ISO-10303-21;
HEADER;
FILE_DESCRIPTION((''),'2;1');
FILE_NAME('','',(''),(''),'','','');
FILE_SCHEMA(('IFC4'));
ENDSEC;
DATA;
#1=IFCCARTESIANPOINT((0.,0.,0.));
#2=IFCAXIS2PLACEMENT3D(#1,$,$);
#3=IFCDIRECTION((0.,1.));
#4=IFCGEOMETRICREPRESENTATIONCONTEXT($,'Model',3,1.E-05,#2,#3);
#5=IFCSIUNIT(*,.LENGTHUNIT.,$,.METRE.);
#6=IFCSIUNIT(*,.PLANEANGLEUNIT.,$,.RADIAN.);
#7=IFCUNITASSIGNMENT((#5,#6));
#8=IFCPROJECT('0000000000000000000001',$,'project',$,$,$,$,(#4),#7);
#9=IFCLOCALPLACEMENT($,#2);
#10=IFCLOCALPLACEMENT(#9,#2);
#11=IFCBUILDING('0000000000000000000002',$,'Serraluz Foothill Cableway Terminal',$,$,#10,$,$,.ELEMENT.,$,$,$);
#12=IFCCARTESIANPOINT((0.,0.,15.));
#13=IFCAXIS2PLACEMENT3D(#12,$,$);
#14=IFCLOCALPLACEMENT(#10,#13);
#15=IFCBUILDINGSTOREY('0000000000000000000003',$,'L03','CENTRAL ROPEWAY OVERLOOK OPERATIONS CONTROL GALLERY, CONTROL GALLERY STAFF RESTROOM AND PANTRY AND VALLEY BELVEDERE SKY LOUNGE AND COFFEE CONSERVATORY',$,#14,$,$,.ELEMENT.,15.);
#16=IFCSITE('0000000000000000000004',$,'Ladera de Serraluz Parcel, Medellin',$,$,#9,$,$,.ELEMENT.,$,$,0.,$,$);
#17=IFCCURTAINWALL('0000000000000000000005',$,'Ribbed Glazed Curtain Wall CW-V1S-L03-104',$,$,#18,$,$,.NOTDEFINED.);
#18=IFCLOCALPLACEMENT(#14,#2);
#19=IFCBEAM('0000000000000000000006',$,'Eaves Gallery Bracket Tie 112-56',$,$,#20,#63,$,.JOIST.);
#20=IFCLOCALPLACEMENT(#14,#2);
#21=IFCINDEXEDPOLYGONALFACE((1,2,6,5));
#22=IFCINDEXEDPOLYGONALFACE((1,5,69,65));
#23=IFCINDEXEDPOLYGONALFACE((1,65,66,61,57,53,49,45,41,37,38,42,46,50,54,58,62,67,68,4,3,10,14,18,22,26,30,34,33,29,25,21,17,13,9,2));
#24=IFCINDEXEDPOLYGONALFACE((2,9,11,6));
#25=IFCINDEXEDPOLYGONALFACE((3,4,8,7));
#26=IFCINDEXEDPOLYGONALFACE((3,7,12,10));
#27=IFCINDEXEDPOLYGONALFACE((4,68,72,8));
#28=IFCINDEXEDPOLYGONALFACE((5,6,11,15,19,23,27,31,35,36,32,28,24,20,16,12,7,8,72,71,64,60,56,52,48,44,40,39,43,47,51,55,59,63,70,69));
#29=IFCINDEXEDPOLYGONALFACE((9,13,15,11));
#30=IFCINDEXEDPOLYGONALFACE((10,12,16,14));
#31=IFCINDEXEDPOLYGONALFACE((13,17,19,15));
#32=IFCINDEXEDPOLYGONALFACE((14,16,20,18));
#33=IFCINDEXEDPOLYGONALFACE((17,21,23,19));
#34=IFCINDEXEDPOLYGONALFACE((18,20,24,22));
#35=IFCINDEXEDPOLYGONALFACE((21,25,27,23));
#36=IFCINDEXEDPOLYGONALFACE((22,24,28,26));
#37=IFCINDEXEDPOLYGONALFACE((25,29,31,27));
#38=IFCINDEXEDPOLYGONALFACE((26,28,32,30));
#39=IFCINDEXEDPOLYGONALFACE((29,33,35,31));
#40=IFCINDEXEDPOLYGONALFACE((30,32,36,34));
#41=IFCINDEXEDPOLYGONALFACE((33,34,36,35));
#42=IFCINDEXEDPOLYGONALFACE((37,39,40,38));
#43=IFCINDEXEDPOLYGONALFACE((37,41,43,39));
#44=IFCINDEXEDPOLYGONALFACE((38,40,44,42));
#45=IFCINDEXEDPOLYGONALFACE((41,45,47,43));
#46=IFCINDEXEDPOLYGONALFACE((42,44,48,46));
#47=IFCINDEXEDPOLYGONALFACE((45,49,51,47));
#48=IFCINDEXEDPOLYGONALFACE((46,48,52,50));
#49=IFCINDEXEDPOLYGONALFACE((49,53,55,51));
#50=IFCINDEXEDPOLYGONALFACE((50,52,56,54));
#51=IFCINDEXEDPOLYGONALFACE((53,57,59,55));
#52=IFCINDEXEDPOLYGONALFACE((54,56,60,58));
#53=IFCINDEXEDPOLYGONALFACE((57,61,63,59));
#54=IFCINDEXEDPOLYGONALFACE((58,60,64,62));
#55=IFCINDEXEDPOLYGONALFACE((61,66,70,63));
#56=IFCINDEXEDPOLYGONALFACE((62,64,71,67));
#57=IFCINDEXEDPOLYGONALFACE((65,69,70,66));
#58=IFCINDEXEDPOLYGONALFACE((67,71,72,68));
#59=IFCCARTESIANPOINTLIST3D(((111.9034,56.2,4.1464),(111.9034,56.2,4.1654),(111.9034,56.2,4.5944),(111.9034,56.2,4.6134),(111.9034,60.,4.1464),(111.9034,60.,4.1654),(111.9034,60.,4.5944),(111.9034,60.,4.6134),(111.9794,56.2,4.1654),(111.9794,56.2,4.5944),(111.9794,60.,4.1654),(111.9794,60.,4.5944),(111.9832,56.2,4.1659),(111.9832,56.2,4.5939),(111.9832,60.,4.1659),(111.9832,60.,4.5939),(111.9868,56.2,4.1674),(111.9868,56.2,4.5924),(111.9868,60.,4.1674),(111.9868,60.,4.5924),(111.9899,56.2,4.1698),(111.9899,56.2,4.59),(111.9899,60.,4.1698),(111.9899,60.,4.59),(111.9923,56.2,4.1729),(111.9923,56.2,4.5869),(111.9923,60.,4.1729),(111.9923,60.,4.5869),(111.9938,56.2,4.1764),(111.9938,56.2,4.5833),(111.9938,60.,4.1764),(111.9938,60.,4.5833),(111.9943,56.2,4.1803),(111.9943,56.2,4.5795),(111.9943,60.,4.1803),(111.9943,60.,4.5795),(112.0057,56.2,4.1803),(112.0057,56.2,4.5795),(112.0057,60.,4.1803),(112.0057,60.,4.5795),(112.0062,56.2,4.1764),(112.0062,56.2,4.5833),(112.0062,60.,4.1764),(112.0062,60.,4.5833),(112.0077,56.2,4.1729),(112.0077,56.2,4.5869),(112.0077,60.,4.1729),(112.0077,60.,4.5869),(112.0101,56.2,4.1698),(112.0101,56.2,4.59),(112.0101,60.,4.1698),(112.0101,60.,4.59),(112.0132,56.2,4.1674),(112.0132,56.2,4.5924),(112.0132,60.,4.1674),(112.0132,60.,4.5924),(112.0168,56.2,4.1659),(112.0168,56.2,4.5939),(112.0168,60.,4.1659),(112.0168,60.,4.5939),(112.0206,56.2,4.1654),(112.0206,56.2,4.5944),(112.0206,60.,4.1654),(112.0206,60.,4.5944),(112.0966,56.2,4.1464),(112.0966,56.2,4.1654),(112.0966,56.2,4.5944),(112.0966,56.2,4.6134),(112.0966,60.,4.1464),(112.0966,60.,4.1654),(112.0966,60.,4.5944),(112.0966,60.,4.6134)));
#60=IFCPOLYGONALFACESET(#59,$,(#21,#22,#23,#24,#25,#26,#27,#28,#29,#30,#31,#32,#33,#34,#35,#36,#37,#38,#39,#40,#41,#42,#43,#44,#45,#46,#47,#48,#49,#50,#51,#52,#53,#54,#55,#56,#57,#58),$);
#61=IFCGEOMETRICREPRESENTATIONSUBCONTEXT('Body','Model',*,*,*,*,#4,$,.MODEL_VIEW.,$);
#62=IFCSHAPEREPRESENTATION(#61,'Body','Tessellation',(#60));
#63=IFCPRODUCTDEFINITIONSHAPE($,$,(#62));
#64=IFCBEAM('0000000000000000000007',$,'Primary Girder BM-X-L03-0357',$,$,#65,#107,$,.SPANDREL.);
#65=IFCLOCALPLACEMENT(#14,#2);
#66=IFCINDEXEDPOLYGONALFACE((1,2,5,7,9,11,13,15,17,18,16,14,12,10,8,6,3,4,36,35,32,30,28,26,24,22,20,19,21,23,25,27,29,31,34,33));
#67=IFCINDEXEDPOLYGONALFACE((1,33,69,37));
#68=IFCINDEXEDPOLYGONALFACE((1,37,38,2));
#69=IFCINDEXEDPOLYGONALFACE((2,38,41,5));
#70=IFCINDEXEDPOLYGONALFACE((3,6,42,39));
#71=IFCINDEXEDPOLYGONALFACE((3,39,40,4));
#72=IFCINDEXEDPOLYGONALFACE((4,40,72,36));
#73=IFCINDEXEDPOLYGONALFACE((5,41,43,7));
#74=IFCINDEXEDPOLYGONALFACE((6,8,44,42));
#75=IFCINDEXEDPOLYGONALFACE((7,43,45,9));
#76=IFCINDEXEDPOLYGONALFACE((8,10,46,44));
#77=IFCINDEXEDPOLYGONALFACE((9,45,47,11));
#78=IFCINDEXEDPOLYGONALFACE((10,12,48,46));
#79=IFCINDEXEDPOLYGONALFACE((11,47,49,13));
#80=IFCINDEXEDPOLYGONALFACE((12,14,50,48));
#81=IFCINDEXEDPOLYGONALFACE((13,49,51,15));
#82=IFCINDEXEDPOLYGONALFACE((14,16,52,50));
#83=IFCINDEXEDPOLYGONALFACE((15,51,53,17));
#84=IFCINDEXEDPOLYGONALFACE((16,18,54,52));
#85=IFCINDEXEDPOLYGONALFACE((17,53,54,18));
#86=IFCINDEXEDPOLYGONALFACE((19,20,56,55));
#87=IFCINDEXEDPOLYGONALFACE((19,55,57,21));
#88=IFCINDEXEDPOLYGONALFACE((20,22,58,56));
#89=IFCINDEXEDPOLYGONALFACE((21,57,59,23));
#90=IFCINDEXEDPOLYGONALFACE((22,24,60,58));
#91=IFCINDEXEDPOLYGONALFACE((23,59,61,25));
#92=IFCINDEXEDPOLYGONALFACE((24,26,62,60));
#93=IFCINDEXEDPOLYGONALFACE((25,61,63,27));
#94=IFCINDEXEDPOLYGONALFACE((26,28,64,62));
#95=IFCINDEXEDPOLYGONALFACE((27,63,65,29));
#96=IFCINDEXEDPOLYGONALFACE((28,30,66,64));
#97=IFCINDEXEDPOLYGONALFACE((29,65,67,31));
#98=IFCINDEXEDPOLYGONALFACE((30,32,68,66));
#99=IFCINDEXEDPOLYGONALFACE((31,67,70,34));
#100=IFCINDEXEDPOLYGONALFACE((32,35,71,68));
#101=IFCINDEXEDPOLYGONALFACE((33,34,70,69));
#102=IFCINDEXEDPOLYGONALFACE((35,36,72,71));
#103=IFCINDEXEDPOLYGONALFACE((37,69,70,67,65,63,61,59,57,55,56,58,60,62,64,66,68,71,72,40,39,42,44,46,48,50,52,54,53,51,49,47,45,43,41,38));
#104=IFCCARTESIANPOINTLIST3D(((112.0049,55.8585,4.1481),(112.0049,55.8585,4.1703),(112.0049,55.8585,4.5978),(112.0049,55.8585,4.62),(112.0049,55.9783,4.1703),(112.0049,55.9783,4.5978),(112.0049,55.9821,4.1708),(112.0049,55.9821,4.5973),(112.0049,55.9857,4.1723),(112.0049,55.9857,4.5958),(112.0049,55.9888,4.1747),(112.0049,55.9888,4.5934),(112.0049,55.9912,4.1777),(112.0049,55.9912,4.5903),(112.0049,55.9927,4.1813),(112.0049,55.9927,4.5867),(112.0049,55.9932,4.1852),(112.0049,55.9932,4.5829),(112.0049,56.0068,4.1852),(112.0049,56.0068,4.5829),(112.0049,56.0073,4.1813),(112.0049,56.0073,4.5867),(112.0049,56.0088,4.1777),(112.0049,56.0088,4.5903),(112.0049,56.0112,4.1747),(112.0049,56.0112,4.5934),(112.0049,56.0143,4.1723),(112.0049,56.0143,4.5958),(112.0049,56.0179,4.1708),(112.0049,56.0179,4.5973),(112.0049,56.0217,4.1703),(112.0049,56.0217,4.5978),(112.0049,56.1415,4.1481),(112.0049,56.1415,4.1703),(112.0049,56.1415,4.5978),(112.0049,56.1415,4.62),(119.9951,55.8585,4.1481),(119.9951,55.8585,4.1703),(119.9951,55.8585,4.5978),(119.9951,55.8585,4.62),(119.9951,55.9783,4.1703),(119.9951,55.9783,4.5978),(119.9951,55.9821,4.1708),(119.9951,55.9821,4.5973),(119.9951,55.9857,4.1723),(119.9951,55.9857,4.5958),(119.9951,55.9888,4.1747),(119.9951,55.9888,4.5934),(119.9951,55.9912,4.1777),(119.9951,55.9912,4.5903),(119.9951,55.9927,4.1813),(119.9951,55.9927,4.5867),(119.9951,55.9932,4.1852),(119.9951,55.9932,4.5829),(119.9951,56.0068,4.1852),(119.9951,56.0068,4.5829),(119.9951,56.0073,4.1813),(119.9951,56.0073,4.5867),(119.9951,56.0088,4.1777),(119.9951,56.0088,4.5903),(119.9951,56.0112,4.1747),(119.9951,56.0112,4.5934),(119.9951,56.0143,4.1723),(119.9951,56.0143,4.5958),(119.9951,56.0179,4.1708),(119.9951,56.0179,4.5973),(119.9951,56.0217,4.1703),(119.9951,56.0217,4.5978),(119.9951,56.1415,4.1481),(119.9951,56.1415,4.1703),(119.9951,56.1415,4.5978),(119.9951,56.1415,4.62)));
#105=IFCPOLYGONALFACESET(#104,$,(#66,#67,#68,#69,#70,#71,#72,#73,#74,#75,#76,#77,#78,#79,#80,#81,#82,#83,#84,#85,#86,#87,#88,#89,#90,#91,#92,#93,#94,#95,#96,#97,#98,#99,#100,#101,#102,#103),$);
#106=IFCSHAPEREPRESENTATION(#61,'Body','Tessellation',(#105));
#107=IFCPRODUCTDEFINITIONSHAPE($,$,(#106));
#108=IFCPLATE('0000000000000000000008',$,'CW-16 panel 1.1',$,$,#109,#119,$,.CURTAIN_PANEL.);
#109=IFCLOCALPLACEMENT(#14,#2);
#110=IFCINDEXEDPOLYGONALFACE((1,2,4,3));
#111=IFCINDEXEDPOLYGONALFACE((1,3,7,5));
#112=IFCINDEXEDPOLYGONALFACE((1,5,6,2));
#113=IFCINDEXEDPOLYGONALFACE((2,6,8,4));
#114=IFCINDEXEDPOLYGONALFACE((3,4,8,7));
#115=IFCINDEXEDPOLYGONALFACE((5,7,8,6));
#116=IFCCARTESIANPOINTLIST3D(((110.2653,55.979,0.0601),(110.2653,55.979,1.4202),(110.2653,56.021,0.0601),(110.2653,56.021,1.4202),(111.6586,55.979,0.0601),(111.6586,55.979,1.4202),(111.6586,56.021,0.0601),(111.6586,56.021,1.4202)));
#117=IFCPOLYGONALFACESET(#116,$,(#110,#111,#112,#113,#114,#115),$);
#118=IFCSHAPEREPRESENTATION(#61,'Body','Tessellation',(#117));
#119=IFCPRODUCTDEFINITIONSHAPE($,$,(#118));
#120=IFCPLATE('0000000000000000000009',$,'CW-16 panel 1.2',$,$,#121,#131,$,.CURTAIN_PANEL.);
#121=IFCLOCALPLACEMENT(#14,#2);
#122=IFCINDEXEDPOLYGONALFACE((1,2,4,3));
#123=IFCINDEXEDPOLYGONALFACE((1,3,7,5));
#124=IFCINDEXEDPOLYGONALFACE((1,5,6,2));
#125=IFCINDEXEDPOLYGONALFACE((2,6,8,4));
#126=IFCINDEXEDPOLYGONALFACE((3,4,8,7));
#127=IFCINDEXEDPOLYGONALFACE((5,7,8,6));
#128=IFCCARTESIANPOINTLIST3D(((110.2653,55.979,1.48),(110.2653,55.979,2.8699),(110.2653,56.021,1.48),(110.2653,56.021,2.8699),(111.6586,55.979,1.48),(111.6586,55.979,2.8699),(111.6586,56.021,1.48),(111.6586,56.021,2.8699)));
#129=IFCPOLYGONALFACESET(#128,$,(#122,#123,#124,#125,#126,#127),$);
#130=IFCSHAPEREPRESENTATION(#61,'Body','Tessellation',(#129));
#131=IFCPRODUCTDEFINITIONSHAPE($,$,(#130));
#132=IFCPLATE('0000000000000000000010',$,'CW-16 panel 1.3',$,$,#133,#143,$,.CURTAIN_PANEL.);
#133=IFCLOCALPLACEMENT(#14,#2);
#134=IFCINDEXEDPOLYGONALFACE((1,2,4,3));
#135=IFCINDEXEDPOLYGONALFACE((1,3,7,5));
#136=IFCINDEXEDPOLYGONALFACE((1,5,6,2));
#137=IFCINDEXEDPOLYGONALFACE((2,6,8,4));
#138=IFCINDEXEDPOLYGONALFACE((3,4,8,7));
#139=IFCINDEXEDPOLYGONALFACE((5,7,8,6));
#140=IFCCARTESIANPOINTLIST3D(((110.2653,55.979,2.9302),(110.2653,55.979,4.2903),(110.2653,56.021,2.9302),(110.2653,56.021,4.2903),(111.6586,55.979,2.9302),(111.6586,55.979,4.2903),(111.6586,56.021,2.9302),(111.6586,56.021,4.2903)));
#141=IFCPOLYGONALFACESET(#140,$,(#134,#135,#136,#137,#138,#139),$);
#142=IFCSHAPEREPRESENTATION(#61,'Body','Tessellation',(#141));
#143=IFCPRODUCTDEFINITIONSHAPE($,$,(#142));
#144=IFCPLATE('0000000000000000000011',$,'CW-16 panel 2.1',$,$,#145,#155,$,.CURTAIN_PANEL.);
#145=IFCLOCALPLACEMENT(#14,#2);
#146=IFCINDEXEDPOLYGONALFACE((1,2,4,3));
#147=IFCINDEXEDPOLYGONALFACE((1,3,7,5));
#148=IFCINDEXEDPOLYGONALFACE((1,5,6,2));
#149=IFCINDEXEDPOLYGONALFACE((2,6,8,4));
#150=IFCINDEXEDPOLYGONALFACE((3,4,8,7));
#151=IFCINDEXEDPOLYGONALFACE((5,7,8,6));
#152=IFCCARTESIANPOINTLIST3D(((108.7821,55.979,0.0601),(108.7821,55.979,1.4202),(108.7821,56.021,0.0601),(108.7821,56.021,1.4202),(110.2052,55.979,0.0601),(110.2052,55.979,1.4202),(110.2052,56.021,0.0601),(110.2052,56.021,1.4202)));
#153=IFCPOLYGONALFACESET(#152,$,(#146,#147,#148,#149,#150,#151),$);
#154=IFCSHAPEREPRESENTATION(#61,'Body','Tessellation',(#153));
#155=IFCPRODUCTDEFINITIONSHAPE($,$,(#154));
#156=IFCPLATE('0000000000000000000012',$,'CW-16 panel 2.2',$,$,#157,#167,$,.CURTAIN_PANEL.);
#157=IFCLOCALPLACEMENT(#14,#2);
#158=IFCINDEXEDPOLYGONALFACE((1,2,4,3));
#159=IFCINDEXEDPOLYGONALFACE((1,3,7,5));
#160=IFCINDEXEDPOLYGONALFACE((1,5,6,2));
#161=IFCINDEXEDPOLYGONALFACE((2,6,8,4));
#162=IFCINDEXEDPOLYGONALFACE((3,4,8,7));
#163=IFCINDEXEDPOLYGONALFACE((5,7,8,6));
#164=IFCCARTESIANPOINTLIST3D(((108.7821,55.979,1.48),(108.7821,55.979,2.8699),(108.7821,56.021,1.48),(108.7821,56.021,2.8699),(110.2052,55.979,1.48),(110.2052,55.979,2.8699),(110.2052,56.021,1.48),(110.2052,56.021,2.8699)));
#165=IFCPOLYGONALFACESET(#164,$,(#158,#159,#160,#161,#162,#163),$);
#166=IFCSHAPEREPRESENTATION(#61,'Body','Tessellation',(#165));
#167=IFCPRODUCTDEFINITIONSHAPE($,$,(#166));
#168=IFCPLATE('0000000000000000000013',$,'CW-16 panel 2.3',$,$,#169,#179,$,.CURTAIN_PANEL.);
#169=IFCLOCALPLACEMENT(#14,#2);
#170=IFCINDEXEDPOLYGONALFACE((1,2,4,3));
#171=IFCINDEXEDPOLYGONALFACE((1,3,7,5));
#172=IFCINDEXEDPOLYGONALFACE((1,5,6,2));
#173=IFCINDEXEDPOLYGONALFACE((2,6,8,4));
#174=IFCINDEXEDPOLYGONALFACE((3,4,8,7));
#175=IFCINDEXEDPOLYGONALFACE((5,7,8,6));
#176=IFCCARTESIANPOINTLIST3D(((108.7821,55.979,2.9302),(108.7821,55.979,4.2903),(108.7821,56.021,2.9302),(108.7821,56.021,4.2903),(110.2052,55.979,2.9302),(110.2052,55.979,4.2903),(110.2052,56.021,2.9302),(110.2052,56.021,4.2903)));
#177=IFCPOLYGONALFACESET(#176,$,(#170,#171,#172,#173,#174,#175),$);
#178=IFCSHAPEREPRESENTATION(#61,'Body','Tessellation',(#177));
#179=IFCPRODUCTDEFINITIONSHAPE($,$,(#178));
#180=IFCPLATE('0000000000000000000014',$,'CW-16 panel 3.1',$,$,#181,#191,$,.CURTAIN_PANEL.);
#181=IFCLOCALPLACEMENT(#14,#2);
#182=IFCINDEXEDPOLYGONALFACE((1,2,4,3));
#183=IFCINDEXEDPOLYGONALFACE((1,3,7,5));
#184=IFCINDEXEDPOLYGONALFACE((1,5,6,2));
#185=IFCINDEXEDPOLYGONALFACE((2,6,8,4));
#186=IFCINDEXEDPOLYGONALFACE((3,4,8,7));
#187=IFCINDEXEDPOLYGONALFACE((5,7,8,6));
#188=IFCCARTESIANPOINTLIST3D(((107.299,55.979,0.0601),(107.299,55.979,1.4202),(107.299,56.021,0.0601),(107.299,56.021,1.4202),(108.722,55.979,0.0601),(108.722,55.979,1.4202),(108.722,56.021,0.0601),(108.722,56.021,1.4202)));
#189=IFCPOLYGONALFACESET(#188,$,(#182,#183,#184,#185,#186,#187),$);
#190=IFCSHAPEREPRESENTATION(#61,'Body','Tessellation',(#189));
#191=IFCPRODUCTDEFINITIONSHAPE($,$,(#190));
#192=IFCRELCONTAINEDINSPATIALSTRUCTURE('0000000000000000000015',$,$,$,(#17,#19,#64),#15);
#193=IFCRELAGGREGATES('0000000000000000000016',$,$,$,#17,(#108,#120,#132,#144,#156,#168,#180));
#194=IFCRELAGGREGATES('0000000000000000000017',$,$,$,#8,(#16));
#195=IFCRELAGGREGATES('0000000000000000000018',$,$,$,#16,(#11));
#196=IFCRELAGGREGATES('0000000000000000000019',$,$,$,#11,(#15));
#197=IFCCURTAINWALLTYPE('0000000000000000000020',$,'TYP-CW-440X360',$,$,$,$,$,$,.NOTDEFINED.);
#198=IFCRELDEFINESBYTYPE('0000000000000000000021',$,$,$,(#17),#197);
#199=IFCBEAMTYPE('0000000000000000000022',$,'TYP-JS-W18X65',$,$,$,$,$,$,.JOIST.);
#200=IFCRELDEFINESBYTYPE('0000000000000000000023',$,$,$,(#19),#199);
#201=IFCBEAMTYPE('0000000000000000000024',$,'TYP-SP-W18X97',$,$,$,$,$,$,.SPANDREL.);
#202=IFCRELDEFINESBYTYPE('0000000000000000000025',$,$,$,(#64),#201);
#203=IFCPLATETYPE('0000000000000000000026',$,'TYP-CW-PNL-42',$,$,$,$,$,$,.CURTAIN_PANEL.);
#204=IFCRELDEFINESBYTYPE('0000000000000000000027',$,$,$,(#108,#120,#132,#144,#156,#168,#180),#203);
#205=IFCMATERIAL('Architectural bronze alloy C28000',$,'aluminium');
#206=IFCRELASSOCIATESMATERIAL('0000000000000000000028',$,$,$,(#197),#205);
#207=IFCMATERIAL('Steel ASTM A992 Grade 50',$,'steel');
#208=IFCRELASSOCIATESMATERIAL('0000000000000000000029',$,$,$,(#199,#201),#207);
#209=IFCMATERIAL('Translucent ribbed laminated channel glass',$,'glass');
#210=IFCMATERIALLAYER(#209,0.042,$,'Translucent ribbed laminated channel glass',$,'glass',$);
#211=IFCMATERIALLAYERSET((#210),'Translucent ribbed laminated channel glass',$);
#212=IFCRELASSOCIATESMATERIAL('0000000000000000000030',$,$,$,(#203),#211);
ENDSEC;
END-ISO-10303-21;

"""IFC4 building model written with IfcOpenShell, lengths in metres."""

from ifc_helpers import new_model, si_unit, direction, frame, origin, origin_2d, place, context, subcontext, project, spatial, rectangle, i_section, extrude, material, layer, layer_set, material_profile, profile_set, type_object, element, aggregate, save


model = new_model("IFC4")

# Units and contexts
model_context = context("Model", 3, precision=1e-05, world=origin(), true_north=direction((0.0, 1.0)))
body_context = subcontext(model_context, "Body", "Model", "MODEL_VIEW")
ifc_project = project(units=[si_unit("LENGTHUNIT", "METRE"), si_unit("PLANEANGLEUNIT", "RADIAN")], contexts=[model_context])

# Site, building, storey
site_placement = place(None, origin())
site = spatial("IfcSite", under=ifc_project, at=site_placement, Name="Ladera de Serraluz Parcel, Medellin", CompositionType="ELEMENT", RefElevation=0.0)
building_placement = place(site_placement, origin())
building = spatial("IfcBuilding", under=site, at=building_placement, Name="Serraluz Foothill Cableway Terminal", CompositionType="ELEMENT")
storey_placement = place(building_placement, frame((0.0, 0.0, 15.0)))
storey = spatial("IfcBuildingStorey", under=building, at=storey_placement, Name="L03", Description="CENTRAL ROPEWAY OVERLOOK OPERATIONS CONTROL GALLERY, CONTROL GALLERY STAFF RESTROOM AND PANTRY AND VALLEY BELVEDERE SKY LOUNGE AND COFFEE CONSERVATORY", CompositionType="ELEMENT", Elevation=15.0)

# Shared definitions
ifc_material_1 = material(Name="Steel ASTM A992 Grade 50", Category="steel")

# Curtain wall
ifc_material_2 = material(Name="Architectural bronze alloy C28000", Category="aluminium")
curtain_wall_type_1 = type_object("IfcCurtainWallType", Name="TYP-CW-440X360", PredefinedType="NOTDEFINED", material=ifc_material_2)
curtain_wall_1_placement = place(storey_placement, origin())
curtain_wall_1 = element("IfcCurtainWall", 1, at=curtain_wall_1_placement, inside=storey, type_object=curtain_wall_type_1, Name="Ribbed Glazed Curtain Wall CW-V1S-L03-104", PredefinedType="NOTDEFINED")

# Beams
ifc_material_profile_1 = material_profile(ifc_material_1, i_section(OverallWidth=0.1931, OverallDepth=0.467, WebThickness=0.0115, FlangeThickness=0.019, FilletRadius=0.0149, at=origin_2d()), Name="W18X65")
ifc_profile_set_1 = profile_set([ifc_material_profile_1], Name="Steel ASTM A992 Grade 50")
beam_type_1 = type_object("IfcBeamType", Name="TYP-JS-W18X65", PredefinedType="JOIST", material=ifc_profile_set_1)
beam_1_placement = place(storey_placement, frame((112.0, 56.2, 4.3799), z_axis=(0.0, 1.0, 0.0), x_axis=(-1.0, 0.0, 0.0)))
element("IfcBeam", 2, at=beam_1_placement, inside=storey, type_object=beam_type_1, Name="Eaves Gallery Bracket Tie 112-56", PredefinedType="JOIST", context=body_context, shape_type="SweptSolid", body=[
    extrude(i_section(OverallWidth=0.1931, OverallDepth=0.467, WebThickness=0.0115, FlangeThickness=0.019, FilletRadius=0.0149, at=origin_2d()), origin(), (0.0, 0.0, 1.0), 3.8),
])
ifc_material_profile_2 = material_profile(ifc_material_1, i_section(OverallWidth=0.283, OverallDepth=0.4719, WebThickness=0.0137, FlangeThickness=0.0222, FilletRadius=0.0149, at=origin_2d()), Name="W18X97")
ifc_profile_set_2 = profile_set([ifc_material_profile_2], Name="Steel ASTM A992 Grade 50")
beam_type_2 = type_object("IfcBeamType", Name="TYP-SP-W18X97", PredefinedType="SPANDREL", material=ifc_profile_set_2)
beam_2_placement = place(storey_placement, frame((112.0049, 56.0, 4.384), z_axis=(1.0, 0.0, 0.0), x_axis=(0.0, 1.0, 0.0)))
element("IfcBeam", 3, at=beam_2_placement, inside=storey, type_object=beam_type_2, Name="Primary Girder BM-X-L03-0357", PredefinedType="SPANDREL", context=body_context, shape_type="SweptSolid", body=[
    extrude(i_section(OverallWidth=0.283, OverallDepth=0.4719, WebThickness=0.0137, FlangeThickness=0.0222, FilletRadius=0.0149, at=origin_2d()), origin(), (0.0, 0.0, 1.0), 7.9902),
])

# Plates
ifc_material_3 = material(Name="Translucent ribbed laminated channel glass", Category="glass")
ifc_layer = layer(ifc_material_3, 0.042, Name="Translucent ribbed laminated channel glass", Category="glass")
ifc_layer_set = layer_set([ifc_layer], Name="Translucent ribbed laminated channel glass")
plate_type = type_object("IfcPlateType", Name="TYP-CW-PNL-42", PredefinedType="CURTAIN_PANEL", material=ifc_layer_set)
plate_1_placement = place(storey_placement, frame((110.9619, 56.0, 0.0601), z_axis=(0.0, 0.0, 1.0), x_axis=(-1.0, 0.0, 0.0)))
plate_1 = element("IfcPlate", 4, at=plate_1_placement, type_object=plate_type, Name="CW-16 panel 1.1", PredefinedType="CURTAIN_PANEL", context=body_context, shape_type="SweptSolid", body=[
    extrude(rectangle(XDim=1.3933, YDim=0.042, at=origin_2d()), origin(), (0.0, 0.0, 1.0), 1.3601),
])
plate_2_placement = place(storey_placement, frame((110.9619, 56.0, 1.48), z_axis=(0.0, 0.0, 1.0), x_axis=(-1.0, 0.0, 0.0)))
plate_2 = element("IfcPlate", 5, at=plate_2_placement, type_object=plate_type, Name="CW-16 panel 1.2", PredefinedType="CURTAIN_PANEL", context=body_context, shape_type="SweptSolid", body=[
    extrude(rectangle(XDim=1.3933, YDim=0.042, at=origin_2d()), origin(), (0.0, 0.0, 1.0), 1.3899),
])
plate_3_placement = place(storey_placement, frame((110.9619, 56.0, 2.9302), z_axis=(0.0, 0.0, 1.0), x_axis=(-1.0, 0.0, 0.0)))
plate_3 = element("IfcPlate", 6, at=plate_3_placement, type_object=plate_type, Name="CW-16 panel 1.3", PredefinedType="CURTAIN_PANEL", context=body_context, shape_type="SweptSolid", body=[
    extrude(rectangle(XDim=1.3933, YDim=0.042, at=origin_2d()), origin(), (0.0, 0.0, 1.0), 1.3601),
])
plate_4_placement = place(storey_placement, frame((109.4937, 56.0, 0.0601), z_axis=(0.0, 0.0, 1.0), x_axis=(-1.0, 0.0, 0.0)))
plate_4 = element("IfcPlate", 7, at=plate_4_placement, type_object=plate_type, Name="CW-16 panel 2.1", PredefinedType="CURTAIN_PANEL", context=body_context, shape_type="SweptSolid", body=[
    extrude(rectangle(XDim=1.4231, YDim=0.042, at=origin_2d()), origin(), (0.0, 0.0, 1.0), 1.3601),
])
plate_5_placement = place(storey_placement, frame((109.4937, 56.0, 1.48), z_axis=(0.0, 0.0, 1.0), x_axis=(-1.0, 0.0, 0.0)))
plate_5 = element("IfcPlate", 8, at=plate_5_placement, type_object=plate_type, Name="CW-16 panel 2.2", PredefinedType="CURTAIN_PANEL", context=body_context, shape_type="SweptSolid", body=[
    extrude(rectangle(XDim=1.4231, YDim=0.042, at=origin_2d()), origin(), (0.0, 0.0, 1.0), 1.3899),
])
plate_6_placement = place(storey_placement, frame((109.4937, 56.0, 2.9302), z_axis=(0.0, 0.0, 1.0), x_axis=(-1.0, 0.0, 0.0)))
plate_6 = element("IfcPlate", 9, at=plate_6_placement, type_object=plate_type, Name="CW-16 panel 2.3", PredefinedType="CURTAIN_PANEL", context=body_context, shape_type="SweptSolid", body=[
    extrude(rectangle(XDim=1.4231, YDim=0.042, at=origin_2d()), origin(), (0.0, 0.0, 1.0), 1.3601),
])
plate_7_placement = place(storey_placement, frame((108.0105, 56.0, 0.0601), z_axis=(0.0, 0.0, 1.0), x_axis=(-1.0, 0.0, 0.0)))
plate_7 = element("IfcPlate", 10, at=plate_7_placement, type_object=plate_type, Name="CW-16 panel 3.1", PredefinedType="CURTAIN_PANEL", context=body_context, shape_type="SweptSolid", body=[
    extrude(rectangle(XDim=1.4231, YDim=0.042, at=origin_2d()), origin(), (0.0, 0.0, 1.0), 1.3601),
])
aggregate(curtain_wall_1, [plate_1, plate_2, plate_3, plate_4, plate_5, plate_6, plate_7])

save(model, "model.ifc")
